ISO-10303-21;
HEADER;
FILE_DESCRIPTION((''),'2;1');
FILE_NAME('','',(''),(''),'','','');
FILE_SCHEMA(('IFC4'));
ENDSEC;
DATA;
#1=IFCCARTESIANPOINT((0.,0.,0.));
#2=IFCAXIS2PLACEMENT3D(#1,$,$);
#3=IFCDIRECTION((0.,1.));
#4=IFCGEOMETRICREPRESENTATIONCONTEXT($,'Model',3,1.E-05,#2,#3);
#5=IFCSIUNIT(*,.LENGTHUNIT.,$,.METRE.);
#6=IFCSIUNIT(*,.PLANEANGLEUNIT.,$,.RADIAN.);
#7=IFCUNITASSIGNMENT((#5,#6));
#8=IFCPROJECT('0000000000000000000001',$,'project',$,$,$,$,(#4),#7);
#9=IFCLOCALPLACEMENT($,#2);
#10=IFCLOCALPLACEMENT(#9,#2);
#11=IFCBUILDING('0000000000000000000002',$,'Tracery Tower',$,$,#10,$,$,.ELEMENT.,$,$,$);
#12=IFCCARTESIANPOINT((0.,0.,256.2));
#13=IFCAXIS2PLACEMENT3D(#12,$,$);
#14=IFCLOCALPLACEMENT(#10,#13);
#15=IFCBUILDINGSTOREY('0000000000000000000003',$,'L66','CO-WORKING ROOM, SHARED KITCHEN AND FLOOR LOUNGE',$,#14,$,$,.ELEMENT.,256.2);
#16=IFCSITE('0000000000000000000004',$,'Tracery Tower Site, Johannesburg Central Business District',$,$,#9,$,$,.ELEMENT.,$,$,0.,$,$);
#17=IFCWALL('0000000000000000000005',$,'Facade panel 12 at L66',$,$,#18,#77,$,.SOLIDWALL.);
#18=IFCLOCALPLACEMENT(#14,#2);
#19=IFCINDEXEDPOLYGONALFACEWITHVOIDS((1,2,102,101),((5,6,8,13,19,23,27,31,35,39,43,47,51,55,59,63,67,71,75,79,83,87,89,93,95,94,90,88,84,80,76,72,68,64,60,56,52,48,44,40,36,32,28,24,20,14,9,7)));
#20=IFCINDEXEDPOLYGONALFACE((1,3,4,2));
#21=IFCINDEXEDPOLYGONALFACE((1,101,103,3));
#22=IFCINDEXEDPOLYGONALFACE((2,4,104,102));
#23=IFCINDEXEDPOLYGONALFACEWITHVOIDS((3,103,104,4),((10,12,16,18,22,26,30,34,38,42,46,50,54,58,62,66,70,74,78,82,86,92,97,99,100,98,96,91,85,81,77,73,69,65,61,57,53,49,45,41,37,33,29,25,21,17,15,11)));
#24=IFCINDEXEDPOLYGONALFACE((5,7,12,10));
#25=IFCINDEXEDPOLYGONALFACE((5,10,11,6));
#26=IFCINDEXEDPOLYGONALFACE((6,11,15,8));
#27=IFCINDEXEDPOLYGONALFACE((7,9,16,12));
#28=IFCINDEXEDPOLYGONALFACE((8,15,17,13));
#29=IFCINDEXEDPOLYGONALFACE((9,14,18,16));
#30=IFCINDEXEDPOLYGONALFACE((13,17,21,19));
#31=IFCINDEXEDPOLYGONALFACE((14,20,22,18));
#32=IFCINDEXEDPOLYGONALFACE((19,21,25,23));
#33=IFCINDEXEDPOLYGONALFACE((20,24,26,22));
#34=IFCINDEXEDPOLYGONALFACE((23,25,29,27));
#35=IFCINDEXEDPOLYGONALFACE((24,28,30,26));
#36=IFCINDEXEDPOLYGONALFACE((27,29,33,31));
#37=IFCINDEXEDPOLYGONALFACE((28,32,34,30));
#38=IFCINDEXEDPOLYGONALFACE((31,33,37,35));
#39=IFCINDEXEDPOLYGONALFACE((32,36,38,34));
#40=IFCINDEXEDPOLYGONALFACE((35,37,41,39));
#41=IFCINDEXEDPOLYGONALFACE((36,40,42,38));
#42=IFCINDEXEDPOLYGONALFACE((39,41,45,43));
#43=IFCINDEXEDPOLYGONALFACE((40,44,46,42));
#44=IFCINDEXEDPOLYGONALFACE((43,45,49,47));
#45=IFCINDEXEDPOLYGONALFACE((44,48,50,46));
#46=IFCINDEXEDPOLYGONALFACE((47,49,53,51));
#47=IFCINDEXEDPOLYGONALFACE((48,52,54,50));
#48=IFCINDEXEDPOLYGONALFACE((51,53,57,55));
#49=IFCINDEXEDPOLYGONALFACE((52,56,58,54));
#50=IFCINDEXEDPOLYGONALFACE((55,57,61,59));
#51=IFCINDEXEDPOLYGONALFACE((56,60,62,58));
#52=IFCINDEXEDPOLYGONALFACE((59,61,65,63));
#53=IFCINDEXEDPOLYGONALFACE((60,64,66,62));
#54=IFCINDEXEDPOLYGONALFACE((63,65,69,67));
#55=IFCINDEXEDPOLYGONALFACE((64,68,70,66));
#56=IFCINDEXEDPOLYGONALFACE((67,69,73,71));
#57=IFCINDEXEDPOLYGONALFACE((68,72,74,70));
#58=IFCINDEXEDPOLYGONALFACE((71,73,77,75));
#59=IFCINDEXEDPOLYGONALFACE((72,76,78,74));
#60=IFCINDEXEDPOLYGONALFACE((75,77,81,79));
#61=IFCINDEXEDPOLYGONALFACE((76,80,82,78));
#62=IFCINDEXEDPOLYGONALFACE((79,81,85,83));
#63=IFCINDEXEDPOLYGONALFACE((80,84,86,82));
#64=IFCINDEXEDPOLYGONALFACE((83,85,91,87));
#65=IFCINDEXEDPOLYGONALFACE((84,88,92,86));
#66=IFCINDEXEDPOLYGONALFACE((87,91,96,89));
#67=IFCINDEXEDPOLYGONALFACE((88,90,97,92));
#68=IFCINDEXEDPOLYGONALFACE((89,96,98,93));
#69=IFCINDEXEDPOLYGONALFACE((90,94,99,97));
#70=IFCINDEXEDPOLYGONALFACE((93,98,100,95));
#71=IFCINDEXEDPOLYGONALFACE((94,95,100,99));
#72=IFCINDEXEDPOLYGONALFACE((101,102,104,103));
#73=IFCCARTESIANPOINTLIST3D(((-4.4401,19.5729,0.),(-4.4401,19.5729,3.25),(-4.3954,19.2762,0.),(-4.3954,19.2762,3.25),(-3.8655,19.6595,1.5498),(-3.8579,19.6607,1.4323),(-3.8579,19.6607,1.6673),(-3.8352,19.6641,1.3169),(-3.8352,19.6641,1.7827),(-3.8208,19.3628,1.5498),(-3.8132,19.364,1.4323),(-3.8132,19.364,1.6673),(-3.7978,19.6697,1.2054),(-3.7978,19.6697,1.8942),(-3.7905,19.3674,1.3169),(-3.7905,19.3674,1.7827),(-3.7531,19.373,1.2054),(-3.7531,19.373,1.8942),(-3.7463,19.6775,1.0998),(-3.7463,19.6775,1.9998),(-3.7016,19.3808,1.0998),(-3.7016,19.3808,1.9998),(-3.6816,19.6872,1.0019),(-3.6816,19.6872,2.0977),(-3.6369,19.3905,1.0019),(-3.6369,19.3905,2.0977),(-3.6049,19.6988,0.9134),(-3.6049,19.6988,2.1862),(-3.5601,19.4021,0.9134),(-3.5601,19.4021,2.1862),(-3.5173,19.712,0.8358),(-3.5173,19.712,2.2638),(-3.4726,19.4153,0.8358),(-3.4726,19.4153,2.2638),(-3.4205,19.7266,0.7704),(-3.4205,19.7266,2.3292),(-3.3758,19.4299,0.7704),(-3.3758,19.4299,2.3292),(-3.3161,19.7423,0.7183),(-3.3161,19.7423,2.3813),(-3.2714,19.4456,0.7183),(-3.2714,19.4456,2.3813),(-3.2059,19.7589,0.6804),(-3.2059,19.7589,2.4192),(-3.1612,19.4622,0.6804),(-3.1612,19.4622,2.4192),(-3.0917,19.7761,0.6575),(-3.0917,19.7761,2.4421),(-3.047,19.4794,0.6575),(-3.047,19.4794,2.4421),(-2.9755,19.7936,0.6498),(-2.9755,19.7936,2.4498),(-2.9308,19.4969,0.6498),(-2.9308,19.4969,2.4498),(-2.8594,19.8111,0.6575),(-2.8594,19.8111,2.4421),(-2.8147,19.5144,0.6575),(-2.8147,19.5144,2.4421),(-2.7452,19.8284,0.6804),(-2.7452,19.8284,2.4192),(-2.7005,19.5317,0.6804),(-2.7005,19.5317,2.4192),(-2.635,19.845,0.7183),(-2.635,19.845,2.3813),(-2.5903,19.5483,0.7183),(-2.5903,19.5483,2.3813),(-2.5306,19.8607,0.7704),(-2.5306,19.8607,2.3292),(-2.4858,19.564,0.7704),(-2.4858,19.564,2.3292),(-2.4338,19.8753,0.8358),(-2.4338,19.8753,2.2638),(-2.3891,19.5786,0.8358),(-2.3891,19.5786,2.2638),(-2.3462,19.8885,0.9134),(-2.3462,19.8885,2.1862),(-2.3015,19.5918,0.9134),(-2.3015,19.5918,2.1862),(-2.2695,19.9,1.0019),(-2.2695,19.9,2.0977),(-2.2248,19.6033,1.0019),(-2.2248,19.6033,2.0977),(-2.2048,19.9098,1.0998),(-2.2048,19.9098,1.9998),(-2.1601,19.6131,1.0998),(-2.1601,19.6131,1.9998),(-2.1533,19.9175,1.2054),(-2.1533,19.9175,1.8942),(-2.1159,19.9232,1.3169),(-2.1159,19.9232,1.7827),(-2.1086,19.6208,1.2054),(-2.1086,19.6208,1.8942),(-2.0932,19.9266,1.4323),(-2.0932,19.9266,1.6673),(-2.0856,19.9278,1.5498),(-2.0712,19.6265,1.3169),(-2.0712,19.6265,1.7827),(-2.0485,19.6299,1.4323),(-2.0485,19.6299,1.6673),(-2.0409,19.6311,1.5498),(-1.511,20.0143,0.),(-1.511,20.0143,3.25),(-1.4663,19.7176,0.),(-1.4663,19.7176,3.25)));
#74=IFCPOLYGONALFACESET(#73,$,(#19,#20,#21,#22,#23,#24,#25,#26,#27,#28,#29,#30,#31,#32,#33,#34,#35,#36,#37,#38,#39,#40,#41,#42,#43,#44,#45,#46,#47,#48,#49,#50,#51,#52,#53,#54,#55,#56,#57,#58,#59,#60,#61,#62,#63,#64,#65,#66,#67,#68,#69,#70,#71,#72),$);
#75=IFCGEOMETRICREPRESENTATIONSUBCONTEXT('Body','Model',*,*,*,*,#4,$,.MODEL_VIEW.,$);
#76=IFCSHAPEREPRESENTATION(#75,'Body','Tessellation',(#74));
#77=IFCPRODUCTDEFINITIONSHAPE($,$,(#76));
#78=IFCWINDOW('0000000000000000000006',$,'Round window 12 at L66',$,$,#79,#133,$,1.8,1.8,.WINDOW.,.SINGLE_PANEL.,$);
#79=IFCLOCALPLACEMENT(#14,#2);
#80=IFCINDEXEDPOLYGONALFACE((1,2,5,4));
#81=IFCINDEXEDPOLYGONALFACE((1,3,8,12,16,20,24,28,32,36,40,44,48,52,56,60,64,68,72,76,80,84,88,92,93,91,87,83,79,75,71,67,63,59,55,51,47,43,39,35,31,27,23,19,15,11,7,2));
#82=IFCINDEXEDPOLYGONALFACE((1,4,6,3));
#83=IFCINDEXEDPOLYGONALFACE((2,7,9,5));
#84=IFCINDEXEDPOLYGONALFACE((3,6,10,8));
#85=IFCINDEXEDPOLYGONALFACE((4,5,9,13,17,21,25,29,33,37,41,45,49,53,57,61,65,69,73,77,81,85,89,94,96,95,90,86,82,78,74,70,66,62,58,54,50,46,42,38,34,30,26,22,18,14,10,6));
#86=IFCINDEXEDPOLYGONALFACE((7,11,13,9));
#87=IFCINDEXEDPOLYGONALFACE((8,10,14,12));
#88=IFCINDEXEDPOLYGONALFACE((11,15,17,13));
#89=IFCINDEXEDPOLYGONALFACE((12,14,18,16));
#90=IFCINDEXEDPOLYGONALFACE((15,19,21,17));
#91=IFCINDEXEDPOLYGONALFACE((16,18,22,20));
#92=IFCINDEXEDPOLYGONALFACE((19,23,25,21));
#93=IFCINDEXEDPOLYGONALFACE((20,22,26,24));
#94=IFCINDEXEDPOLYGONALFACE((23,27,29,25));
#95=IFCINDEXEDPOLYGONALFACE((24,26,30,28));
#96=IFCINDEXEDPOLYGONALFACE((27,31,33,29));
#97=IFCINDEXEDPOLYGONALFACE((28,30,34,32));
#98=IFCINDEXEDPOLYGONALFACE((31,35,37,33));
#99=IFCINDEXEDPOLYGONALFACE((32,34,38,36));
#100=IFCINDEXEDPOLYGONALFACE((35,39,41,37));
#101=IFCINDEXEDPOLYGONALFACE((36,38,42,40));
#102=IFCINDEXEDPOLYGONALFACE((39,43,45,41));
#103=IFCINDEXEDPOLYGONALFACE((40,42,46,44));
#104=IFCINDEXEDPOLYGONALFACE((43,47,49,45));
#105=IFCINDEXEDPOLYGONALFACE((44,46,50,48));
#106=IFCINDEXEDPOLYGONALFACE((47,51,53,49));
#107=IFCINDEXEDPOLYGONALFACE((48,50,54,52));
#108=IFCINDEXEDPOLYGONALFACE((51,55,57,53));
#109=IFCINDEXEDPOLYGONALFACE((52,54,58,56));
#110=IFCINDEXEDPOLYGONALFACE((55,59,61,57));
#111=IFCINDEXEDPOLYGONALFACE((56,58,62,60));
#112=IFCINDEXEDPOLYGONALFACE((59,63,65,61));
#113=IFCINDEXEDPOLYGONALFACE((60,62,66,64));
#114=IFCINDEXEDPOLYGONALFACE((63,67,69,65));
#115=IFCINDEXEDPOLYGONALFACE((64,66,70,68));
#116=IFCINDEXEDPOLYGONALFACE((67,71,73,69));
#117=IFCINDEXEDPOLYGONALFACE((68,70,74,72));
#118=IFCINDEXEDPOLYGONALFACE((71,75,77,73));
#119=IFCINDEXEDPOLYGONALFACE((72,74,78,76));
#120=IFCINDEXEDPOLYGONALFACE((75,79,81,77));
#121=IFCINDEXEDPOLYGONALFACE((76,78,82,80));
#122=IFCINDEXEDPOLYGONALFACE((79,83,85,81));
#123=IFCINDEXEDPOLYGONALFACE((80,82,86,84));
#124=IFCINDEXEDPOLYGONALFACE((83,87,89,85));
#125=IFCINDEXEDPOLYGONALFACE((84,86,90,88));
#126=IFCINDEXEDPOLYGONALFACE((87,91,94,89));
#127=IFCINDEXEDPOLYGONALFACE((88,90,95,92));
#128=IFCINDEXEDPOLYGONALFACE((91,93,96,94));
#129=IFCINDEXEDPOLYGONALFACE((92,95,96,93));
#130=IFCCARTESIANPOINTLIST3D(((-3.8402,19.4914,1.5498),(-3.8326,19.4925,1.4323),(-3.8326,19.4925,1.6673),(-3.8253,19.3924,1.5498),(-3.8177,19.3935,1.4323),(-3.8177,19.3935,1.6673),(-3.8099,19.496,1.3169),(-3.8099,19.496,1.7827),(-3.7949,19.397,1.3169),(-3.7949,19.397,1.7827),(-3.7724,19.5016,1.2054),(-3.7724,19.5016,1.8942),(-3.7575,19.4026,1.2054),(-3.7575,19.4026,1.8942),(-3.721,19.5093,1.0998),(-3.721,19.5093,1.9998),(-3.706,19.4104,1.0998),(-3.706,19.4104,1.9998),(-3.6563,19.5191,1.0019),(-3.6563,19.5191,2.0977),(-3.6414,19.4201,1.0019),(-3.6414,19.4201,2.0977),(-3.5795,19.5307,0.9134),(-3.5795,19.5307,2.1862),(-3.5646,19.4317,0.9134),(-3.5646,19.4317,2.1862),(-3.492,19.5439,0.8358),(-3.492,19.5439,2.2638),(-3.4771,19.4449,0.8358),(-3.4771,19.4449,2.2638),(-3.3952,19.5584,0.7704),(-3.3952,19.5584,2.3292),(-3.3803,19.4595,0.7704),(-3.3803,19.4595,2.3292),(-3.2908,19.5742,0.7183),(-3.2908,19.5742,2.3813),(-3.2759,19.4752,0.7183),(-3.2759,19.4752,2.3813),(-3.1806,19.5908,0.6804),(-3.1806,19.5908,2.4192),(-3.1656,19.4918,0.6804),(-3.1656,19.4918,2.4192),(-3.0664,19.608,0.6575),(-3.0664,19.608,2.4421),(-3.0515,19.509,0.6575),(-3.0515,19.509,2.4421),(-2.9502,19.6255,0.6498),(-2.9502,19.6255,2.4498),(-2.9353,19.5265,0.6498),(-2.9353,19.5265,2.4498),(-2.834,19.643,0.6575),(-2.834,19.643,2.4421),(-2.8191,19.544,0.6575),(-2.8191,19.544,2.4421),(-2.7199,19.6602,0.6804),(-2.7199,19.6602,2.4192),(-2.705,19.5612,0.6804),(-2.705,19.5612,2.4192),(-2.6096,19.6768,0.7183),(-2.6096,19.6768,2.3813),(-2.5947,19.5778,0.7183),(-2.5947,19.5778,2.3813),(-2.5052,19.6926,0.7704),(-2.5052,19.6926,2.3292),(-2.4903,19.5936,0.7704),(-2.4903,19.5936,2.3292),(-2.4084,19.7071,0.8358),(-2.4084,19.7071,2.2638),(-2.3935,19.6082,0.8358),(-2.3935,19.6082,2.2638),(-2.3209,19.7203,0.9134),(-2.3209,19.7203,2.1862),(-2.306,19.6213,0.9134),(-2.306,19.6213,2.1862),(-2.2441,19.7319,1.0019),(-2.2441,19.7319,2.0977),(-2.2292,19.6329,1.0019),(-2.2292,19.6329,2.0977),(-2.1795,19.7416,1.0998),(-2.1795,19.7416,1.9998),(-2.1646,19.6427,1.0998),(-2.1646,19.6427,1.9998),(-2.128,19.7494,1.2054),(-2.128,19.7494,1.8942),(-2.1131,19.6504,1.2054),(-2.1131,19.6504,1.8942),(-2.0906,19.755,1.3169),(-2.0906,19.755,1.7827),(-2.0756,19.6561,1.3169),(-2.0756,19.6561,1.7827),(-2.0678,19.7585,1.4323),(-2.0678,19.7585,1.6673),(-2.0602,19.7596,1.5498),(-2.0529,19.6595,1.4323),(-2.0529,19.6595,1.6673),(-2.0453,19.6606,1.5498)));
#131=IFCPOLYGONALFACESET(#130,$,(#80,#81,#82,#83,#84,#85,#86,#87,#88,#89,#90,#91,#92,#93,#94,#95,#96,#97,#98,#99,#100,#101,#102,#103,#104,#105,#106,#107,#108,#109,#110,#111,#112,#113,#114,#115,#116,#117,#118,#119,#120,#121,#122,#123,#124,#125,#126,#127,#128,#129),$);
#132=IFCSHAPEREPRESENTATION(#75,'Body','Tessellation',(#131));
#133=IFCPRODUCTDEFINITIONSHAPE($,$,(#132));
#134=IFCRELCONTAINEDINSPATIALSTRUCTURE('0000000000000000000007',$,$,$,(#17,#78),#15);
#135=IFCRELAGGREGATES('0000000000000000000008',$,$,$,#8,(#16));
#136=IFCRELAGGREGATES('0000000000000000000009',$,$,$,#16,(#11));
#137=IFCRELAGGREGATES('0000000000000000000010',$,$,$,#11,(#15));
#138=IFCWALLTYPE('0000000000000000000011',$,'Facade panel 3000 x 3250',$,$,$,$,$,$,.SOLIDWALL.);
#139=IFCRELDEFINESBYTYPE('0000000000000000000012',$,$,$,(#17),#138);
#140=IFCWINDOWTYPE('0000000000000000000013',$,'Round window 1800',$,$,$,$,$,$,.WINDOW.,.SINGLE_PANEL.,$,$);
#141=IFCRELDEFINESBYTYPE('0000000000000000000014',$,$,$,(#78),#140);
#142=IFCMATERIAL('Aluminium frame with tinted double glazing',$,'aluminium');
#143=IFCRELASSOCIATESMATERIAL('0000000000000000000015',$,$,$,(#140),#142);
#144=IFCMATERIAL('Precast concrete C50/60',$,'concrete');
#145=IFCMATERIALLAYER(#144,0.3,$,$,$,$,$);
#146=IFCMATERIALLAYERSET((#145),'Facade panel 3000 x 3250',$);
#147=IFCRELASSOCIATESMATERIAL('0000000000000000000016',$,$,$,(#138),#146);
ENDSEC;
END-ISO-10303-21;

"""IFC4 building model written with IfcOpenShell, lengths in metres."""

from ifc_helpers import new_model, si_unit, direction, frame, frame_2d, origin, origin_2d, place, context, subcontext, project, spatial, rectangle, circle, extrude, material, layer, layer_set, type_object, element, fill, save


model = new_model("IFC4")

# Units and contexts
model_context = context("Model", 3, precision=1e-05, world=origin(), true_north=direction((0.0, 1.0)))
body_context = subcontext(model_context, "Body", "Model", "MODEL_VIEW")
ifc_project = project(units=[si_unit("LENGTHUNIT", "METRE"), si_unit("PLANEANGLEUNIT", "RADIAN")], contexts=[model_context])

# Site, building, storey
site_placement = place(None, origin())
site = spatial("IfcSite", under=ifc_project, at=site_placement, Name="Tracery Tower Site, Johannesburg Central Business District", CompositionType="ELEMENT", RefElevation=0.0)
building_placement = place(site_placement, origin())
building = spatial("IfcBuilding", under=site, at=building_placement, Name="Tracery Tower", CompositionType="ELEMENT")
storey_placement = place(building_placement, frame((0.0, 0.0, 256.2)))
storey = spatial("IfcBuildingStorey", under=building, at=storey_placement, Name="L66", Description="CO-WORKING ROOM, SHARED KITCHEN AND FLOOR LOUNGE", CompositionType="ELEMENT", Elevation=256.2)

# Wall, opening, window
ifc_material_1 = material(Name="Aluminium frame with tinted double glazing", Category="aluminium")
window_type = type_object("IfcWindowType", Name="Round window 1800", PartitioningType="SINGLE_PANEL", PredefinedType="WINDOW", material=ifc_material_1)
ifc_material_2 = material(Name="Precast concrete C50/60", Category="concrete")
ifc_layer_1 = layer(ifc_material_2, 0.3)
ifc_layer_set_1 = layer_set([ifc_layer_1], Name="Facade panel 3000 x 3250")
wall_type_1 = type_object("IfcWallType", Name="Facade panel 3000 x 3250", PredefinedType="SOLIDWALL", material=ifc_layer_set_1)
wall_1_placement = place(storey_placement, frame((-1.4888, 19.866, 0.0), z_axis=(0.0, 0.0, 1.0), x_axis=(-0.988836, -0.149009, 0.0)))
wall_1 = element("IfcWall", 1, at=wall_1_placement, inside=storey, type_object=wall_type_1, Name="Facade panel 12 at L66", PredefinedType="SOLIDWALL", context=body_context, shape_type="SweptSolid", body=[
    extrude(rectangle(XDim=2.9622, YDim=0.3, at=frame_2d((1.481, 0.0))), origin(), (0.0, 0.0, 1.0), 3.25),
])
opening_1_placement = place(wall_1_placement, frame((1.481, 0.0, 1.5498)))
opening_1 = element("IfcOpeningElement", 2, at=opening_1_placement, cuts=wall_1, PredefinedType="OPENING", context=body_context, shape_type="SweptSolid", body=[
    extrude(circle(Radius=0.9, at=origin_2d()), frame((0.0, 0.1599, 0.0), z_axis=(0.0, -1.0, 0.0), x_axis=(1.0, 0.0, 0.0)), (0.0, 0.0, 1.0), 0.3201),
])
window_1_placement = place(opening_1_placement, origin())
window_1 = element("IfcWindow", 3, at=window_1_placement, inside=storey, type_object=window_type, Name="Round window 12 at L66", OverallHeight=1.8, OverallWidth=1.8, PartitioningType="SINGLE_PANEL", PredefinedType="WINDOW", context=body_context, shape_type="SweptSolid", body=[
    extrude(circle(Radius=0.9, at=origin_2d()), frame((0.0, 0.1201, 0.0), z_axis=(0.0, -1.0, 0.0), x_axis=(1.0, 0.0, 0.0)), (0.0, 0.0, 1.0), 0.1001),
])
fill(opening_1, window_1)

save(model, "model.ifc")
